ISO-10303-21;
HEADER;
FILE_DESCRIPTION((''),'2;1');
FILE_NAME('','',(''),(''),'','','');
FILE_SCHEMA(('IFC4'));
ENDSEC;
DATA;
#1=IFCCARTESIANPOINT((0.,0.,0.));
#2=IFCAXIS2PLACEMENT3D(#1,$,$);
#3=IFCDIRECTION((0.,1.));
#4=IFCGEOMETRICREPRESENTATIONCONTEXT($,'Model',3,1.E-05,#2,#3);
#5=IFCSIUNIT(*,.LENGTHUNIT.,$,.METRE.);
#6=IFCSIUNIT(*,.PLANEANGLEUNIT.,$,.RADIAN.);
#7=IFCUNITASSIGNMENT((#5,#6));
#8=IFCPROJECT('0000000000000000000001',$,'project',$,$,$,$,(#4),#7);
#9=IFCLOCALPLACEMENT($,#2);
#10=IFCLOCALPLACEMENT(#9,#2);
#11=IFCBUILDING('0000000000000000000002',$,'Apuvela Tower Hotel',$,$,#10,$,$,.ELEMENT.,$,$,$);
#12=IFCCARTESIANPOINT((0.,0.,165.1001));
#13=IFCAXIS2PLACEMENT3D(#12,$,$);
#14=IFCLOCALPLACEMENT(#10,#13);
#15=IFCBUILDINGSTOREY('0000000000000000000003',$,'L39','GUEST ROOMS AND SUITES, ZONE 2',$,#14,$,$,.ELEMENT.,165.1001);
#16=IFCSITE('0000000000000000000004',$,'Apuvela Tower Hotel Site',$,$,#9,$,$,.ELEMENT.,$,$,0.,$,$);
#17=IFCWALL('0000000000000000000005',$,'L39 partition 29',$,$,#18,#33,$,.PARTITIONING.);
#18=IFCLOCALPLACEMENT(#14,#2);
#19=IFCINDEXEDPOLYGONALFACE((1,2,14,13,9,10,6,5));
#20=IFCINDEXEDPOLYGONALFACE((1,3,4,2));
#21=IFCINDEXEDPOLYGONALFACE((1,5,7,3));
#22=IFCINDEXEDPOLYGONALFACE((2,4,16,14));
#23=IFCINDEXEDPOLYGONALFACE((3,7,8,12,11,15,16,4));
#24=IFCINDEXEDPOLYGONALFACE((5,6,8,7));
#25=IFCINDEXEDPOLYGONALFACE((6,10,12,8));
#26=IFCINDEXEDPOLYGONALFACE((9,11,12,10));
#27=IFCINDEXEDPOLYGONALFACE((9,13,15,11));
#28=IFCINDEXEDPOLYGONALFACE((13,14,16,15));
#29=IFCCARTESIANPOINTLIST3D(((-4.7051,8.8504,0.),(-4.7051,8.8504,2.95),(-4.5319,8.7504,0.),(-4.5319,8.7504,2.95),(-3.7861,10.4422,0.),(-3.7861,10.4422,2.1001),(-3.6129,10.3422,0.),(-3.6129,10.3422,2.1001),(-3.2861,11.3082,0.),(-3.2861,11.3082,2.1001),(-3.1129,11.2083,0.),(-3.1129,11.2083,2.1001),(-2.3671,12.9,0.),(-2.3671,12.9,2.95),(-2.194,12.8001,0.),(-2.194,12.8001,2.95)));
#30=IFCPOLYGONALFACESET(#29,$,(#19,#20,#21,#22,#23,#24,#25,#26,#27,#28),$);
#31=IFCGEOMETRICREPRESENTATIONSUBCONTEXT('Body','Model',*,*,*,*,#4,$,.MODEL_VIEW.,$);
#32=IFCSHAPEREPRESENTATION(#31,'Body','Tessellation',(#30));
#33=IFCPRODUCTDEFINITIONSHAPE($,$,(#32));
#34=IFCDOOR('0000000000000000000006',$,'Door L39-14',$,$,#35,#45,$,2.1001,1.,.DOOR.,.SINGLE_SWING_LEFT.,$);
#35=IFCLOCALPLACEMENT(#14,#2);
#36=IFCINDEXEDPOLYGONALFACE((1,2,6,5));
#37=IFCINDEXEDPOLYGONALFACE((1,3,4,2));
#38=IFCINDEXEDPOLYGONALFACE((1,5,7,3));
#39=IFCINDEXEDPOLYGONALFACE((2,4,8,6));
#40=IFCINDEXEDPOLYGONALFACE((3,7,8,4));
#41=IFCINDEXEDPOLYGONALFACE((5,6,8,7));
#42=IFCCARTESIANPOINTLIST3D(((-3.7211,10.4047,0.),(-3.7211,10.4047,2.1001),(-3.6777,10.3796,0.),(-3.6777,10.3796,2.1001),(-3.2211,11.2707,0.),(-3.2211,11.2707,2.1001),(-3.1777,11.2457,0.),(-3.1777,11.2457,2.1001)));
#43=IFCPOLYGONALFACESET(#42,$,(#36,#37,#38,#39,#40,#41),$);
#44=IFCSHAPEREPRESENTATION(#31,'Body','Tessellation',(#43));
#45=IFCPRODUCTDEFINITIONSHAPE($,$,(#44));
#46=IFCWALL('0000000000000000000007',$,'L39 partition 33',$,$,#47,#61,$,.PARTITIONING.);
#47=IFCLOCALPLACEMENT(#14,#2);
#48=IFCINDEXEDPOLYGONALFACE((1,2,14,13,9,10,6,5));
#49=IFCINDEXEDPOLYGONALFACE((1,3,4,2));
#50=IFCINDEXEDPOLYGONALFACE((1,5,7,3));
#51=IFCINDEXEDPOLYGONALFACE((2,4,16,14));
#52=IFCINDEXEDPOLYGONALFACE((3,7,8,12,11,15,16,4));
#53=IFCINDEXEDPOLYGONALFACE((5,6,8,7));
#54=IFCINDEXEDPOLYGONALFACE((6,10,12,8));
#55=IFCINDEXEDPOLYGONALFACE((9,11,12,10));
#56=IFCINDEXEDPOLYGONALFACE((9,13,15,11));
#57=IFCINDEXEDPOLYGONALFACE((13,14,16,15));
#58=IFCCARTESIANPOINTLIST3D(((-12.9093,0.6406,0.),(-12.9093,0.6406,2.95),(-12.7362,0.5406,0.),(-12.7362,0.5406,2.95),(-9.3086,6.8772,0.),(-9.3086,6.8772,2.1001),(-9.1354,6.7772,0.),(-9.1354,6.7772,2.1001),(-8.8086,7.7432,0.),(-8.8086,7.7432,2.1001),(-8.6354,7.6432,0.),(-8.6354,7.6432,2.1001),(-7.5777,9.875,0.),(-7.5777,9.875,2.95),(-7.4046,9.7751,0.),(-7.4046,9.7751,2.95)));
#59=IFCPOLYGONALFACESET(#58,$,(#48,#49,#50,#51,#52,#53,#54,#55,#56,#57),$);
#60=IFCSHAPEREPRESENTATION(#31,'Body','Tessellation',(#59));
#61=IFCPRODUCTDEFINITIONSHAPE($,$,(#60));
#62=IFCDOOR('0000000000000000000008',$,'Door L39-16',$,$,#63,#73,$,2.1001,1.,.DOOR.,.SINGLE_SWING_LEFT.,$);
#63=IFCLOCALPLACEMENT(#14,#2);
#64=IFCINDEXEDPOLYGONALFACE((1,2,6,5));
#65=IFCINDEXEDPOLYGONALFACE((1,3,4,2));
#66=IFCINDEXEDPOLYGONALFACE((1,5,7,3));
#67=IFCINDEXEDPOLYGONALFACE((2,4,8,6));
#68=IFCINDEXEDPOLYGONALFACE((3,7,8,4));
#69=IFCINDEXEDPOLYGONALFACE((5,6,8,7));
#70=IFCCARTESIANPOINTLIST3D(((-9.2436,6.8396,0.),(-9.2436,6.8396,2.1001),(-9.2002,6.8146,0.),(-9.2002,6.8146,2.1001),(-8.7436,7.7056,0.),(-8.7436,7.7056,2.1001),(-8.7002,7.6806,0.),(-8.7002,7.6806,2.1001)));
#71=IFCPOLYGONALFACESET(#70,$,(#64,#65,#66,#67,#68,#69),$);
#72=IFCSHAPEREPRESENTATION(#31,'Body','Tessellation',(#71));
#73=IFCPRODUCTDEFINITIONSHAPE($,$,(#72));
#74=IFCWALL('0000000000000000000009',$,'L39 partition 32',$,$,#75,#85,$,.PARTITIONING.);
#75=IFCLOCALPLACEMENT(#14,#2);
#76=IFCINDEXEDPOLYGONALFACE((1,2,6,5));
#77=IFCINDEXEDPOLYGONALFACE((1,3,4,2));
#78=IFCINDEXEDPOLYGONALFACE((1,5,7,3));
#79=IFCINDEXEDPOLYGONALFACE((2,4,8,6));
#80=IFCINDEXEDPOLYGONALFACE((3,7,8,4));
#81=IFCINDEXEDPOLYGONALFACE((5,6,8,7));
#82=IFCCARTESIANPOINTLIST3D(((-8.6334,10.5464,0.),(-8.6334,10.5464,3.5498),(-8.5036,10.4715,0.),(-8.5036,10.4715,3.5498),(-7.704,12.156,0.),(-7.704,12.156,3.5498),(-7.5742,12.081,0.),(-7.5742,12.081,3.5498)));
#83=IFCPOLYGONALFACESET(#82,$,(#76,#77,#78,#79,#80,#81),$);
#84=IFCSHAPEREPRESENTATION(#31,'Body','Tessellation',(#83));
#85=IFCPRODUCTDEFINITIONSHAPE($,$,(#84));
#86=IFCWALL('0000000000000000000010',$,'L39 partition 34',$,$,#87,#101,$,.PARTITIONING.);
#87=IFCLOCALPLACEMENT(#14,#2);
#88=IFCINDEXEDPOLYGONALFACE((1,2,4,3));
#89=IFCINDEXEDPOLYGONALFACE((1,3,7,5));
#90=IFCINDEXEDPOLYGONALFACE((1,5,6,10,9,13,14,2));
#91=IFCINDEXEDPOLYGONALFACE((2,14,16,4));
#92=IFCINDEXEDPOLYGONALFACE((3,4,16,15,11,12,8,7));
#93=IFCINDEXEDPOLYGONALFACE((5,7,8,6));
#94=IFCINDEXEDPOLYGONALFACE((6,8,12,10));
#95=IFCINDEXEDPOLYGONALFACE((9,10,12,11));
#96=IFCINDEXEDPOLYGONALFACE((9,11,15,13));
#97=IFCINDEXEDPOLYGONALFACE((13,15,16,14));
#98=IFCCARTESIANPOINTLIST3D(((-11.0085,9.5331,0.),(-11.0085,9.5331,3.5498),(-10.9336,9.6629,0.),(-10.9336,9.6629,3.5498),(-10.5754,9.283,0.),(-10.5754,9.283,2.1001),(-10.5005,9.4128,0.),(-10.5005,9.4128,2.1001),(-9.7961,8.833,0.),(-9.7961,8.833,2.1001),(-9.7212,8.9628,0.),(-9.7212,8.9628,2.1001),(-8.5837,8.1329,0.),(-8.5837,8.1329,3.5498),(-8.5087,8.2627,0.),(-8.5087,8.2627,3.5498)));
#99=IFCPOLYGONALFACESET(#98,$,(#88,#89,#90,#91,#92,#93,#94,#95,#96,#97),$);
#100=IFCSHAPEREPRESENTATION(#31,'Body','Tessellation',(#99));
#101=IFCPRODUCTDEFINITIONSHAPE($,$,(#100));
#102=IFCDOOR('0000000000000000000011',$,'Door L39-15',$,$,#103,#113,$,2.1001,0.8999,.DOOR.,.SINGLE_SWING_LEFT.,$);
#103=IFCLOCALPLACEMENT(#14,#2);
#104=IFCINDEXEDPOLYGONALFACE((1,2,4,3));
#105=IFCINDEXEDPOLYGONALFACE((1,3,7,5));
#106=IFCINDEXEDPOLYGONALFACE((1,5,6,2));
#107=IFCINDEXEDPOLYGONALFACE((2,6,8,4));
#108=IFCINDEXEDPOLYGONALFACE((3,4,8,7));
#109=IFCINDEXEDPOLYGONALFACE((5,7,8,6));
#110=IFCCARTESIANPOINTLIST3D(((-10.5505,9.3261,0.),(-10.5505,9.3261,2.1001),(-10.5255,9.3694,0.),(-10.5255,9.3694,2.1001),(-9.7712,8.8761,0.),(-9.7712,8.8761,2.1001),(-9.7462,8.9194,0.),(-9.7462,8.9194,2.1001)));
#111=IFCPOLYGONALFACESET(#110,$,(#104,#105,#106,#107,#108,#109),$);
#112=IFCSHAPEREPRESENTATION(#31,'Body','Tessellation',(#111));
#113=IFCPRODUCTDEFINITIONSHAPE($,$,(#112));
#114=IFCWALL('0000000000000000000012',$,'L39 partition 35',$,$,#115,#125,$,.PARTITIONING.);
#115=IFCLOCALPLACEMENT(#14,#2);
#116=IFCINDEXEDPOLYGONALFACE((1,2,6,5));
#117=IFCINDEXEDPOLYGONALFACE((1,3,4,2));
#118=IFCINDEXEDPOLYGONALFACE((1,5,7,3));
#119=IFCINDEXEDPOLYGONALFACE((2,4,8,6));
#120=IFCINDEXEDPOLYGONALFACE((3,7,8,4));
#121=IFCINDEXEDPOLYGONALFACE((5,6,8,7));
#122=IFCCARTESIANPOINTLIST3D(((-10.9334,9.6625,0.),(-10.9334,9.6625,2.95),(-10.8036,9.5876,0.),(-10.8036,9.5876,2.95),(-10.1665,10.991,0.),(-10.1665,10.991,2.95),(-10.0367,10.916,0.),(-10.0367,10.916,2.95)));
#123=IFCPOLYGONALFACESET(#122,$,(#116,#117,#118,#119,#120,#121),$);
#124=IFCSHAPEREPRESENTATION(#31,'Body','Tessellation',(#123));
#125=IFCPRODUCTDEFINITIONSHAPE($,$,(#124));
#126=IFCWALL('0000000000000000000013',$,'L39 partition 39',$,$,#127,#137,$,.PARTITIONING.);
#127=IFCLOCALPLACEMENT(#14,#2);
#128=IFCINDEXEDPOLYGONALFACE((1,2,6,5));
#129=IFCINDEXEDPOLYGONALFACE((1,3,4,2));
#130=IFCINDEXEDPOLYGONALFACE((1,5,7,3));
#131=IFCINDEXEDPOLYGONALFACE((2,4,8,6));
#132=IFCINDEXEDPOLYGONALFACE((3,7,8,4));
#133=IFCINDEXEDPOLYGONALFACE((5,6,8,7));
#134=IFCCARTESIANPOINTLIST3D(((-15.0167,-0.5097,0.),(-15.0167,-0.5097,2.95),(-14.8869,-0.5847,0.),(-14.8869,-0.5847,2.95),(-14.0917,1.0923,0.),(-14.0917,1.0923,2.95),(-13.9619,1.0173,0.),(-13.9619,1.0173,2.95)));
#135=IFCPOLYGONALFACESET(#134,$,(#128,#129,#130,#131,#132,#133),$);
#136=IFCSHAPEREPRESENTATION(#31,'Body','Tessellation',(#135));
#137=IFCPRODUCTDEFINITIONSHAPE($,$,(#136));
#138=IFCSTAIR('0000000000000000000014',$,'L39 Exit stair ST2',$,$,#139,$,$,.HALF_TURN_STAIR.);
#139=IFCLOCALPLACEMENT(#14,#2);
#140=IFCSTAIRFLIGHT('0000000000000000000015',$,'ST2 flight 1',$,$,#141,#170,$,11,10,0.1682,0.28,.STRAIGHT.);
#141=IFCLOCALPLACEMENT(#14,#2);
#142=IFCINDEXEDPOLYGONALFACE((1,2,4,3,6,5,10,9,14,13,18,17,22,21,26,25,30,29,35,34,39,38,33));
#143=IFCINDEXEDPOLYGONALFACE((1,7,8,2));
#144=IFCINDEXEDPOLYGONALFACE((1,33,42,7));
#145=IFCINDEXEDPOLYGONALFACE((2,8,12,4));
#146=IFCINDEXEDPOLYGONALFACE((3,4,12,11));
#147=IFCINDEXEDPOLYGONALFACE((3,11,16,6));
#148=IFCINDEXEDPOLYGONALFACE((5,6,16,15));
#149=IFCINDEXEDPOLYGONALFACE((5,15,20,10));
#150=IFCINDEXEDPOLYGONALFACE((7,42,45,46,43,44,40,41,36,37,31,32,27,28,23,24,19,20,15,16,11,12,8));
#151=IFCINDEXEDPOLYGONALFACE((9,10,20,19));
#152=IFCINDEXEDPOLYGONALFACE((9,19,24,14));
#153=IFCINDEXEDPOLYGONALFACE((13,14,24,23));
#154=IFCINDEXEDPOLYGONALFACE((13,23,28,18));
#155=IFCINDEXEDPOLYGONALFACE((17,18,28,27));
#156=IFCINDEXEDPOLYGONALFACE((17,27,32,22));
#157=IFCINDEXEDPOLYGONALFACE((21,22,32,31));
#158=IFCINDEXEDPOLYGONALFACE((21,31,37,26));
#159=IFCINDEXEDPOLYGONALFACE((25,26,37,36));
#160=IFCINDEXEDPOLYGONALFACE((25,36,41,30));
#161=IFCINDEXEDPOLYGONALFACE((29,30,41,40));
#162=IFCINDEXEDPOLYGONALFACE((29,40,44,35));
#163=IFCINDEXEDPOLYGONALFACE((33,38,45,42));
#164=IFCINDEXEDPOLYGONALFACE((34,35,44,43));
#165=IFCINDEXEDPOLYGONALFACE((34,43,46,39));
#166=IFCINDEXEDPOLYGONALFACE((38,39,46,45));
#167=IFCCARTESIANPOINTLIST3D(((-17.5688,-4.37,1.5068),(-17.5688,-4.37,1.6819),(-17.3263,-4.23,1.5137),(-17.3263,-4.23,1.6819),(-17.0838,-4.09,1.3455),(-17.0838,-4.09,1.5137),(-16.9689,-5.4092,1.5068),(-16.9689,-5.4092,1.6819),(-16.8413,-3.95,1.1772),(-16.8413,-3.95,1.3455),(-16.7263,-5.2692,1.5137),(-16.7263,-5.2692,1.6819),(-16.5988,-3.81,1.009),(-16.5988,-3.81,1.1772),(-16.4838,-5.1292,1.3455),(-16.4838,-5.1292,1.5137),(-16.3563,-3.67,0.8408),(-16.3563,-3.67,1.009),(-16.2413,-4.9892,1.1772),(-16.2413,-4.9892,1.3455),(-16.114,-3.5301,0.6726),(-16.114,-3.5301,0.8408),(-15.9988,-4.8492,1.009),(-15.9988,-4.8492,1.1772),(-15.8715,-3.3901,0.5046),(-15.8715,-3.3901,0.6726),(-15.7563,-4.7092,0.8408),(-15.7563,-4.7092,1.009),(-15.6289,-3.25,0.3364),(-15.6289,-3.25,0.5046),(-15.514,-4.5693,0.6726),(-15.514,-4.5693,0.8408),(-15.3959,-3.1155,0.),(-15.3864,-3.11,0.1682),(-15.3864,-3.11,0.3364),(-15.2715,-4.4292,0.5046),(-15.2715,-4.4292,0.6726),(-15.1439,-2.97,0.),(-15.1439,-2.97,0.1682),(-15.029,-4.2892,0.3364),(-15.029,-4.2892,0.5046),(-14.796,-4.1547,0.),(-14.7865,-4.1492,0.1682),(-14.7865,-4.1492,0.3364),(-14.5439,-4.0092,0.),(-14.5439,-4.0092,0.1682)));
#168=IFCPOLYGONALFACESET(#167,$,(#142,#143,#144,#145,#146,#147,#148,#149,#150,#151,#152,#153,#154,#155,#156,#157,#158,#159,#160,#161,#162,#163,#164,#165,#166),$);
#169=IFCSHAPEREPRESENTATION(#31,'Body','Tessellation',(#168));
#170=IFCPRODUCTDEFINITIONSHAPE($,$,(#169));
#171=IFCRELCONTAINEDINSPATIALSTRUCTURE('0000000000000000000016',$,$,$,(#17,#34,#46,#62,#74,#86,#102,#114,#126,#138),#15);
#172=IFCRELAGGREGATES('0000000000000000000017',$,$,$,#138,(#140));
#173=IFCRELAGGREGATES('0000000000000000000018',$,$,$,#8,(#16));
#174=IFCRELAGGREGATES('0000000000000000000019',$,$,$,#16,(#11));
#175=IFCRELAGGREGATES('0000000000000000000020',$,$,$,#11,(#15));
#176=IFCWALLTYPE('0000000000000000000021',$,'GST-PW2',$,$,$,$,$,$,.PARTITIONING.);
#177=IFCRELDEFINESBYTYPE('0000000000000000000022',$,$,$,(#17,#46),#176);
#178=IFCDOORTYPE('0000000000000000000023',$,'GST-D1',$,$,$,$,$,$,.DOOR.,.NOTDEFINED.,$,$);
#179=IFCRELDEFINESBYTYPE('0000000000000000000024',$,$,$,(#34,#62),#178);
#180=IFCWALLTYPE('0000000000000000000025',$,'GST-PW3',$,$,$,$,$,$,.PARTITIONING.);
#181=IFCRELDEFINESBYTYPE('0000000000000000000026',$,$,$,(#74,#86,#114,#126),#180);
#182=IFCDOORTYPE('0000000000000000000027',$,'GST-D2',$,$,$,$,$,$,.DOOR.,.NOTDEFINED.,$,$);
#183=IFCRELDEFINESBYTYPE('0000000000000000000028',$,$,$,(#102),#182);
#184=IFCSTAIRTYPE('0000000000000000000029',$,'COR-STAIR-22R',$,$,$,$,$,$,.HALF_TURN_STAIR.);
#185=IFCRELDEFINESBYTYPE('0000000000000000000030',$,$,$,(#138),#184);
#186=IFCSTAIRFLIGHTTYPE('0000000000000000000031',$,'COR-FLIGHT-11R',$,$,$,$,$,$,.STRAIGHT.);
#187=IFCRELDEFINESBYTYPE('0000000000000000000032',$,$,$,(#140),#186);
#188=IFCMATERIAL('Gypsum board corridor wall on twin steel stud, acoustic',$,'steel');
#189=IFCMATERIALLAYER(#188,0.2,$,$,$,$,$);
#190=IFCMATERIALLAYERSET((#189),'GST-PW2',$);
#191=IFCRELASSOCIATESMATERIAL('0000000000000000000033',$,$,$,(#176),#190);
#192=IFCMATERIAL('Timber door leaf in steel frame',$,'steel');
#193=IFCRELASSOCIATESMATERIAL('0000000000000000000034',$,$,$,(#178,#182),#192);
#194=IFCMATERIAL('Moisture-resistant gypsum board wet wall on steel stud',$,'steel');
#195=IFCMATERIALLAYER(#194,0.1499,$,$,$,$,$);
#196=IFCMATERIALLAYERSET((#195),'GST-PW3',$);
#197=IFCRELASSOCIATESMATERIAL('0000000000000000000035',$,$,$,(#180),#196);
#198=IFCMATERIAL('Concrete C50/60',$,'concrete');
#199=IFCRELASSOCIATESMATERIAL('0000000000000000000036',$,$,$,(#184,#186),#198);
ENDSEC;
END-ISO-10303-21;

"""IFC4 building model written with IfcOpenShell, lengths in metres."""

from ifc_helpers import new_model, si_unit, direction, frame, frame_2d, origin, place, context, subcontext, project, spatial, polyline, rectangle, outline, extrude, material, layer, layer_set, type_object, element, fill, aggregate, save


model = new_model("IFC4")

# Units and contexts
model_context = context("Model", 3, precision=1e-05, world=origin(), true_north=direction((0.0, 1.0)))
body_context = subcontext(model_context, "Body", "Model", "MODEL_VIEW")
ifc_project = project(units=[si_unit("LENGTHUNIT", "METRE"), si_unit("PLANEANGLEUNIT", "RADIAN")], contexts=[model_context])

# Site, building, storey
site_placement = place(None, origin())
site = spatial("IfcSite", under=ifc_project, at=site_placement, Name="Apuvela Tower Hotel Site", CompositionType="ELEMENT", RefElevation=0.0)
building_placement = place(site_placement, origin())
building = spatial("IfcBuilding", under=site, at=building_placement, Name="Apuvela Tower Hotel", CompositionType="ELEMENT")
storey_placement = place(building_placement, frame((0.0, 0.0, 165.1001)))
storey = spatial("IfcBuildingStorey", under=building, at=storey_placement, Name="L39", Description="GUEST ROOMS AND SUITES, ZONE 2", CompositionType="ELEMENT", Elevation=165.1001)

# Shared definitions
ifc_material_1 = material(Name="Concrete C50/60", Category="concrete")

# Walls, openings, doors
ifc_material_2 = material(Name="Gypsum board corridor wall on twin steel stud, acoustic", Category="steel")
ifc_layer_1 = layer(ifc_material_2, 0.2)
ifc_layer_set_1 = layer_set([ifc_layer_1], Name="GST-PW2")
wall_type_1 = type_object("IfcWallType", Name="GST-PW2", PredefinedType="PARTITIONING", material=ifc_layer_set_1)
wall_1_placement = place(storey_placement, frame((-4.6184, 8.8005, 0.0), z_axis=(0.0, 0.0, 1.0), x_axis=(0.49998, 0.866037, 0.0)))
wall_1 = element("IfcWall", 1, at=wall_1_placement, inside=storey, type_object=wall_type_1, Name="L39 partition 29", PredefinedType="PARTITIONING", context=body_context, shape_type="SweptSolid", body=[
    extrude(rectangle(XDim=4.676, YDim=0.2, at=frame_2d((2.3379, 0.0))), origin(), (0.0, 0.0, 1.0), 2.95),
])
opening_1_placement = place(wall_1_placement, frame((1.8379, 0.0, 0.0)))
opening_1 = element("IfcOpeningElement", 2, at=opening_1_placement, cuts=wall_1, PredefinedType="OPENING", context=body_context, shape_type="SweptSolid", body=[
    extrude(rectangle(XDim=1.0, YDim=2.1001, at=frame_2d((0.5, 1.05))), frame((0.0, 0.1099, 0.0), z_axis=(0.0, -1.0, 0.0), x_axis=(1.0, 0.0, 0.0)), (0.0, 0.0, 1.0), 0.22),
])
ifc_material_3 = material(Name="Timber door leaf in steel frame", Category="steel")
door_type_1 = type_object("IfcDoorType", Name="GST-D1", OperationType="NOTDEFINED", PredefinedType="DOOR", material=ifc_material_3)
door_1_placement = place(opening_1_placement, origin())
door_1 = element("IfcDoor", 3, at=door_1_placement, inside=storey, type_object=door_type_1, Name="Door L39-14", OperationType="SINGLE_SWING_LEFT", OverallHeight=2.1001, OverallWidth=1.0, PredefinedType="DOOR", context=body_context, shape_type="SweptSolid", body=[
    extrude(rectangle(XDim=1.0, YDim=2.1001, at=frame_2d((0.5, 1.05))), frame((0.0, 0.0249, 0.0), z_axis=(0.0, -1.0, 0.0), x_axis=(1.0, 0.0, 0.0)), (0.0, 0.0, 1.0), 0.05),
])
fill(opening_1, door_1)
wall_2_placement = place(storey_placement, frame((-12.8228, 0.5906, 0.0), z_axis=(0.0, 0.0, 1.0), x_axis=(0.500005, 0.866022, 0.0)))
wall_2 = element("IfcWall", 4, at=wall_2_placement, inside=storey, type_object=wall_type_1, Name="L39 partition 33", PredefinedType="PARTITIONING", context=body_context, shape_type="SweptSolid", body=[
    extrude(rectangle(XDim=10.6631, YDim=0.2, at=frame_2d((5.3315, 0.0))), origin(), (0.0, 0.0, 1.0), 2.95),
])
opening_2_placement = place(wall_2_placement, frame((7.2014, 0.0, 0.0)))
opening_2 = element("IfcOpeningElement", 5, at=opening_2_placement, cuts=wall_2, PredefinedType="OPENING", context=body_context, shape_type="SweptSolid", body=[
    extrude(rectangle(XDim=1.0, YDim=2.1001, at=frame_2d((0.5, 1.05))), frame((0.0, 0.1099, 0.0), z_axis=(0.0, -1.0, 0.0), x_axis=(1.0, 0.0, 0.0)), (0.0, 0.0, 1.0), 0.22),
])
door_2_placement = place(opening_2_placement, origin())
door_2 = element("IfcDoor", 6, at=door_2_placement, inside=storey, type_object=door_type_1, Name="Door L39-16", OperationType="SINGLE_SWING_LEFT", OverallHeight=2.1001, OverallWidth=1.0, PredefinedType="DOOR", context=body_context, shape_type="SweptSolid", body=[
    extrude(rectangle(XDim=1.0, YDim=2.1001, at=frame_2d((0.5, 1.05))), frame((0.0, 0.0249, 0.0), z_axis=(0.0, -1.0, 0.0), x_axis=(1.0, 0.0, 0.0)), (0.0, 0.0, 1.0), 0.05),
])
fill(opening_2, door_2)

# Wall
ifc_material_4 = material(Name="Moisture-resistant gypsum board wet wall on steel stud", Category="steel")
ifc_layer_2 = layer(ifc_material_4, 0.1499)
ifc_layer_set_2 = layer_set([ifc_layer_2], Name="GST-PW3")
wall_type_2 = type_object("IfcWallType", Name="GST-PW3", PredefinedType="PARTITIONING", material=ifc_layer_set_2)
wall_3_placement = place(storey_placement, frame((-7.6392, 12.1184, 0.0), z_axis=(0.0, 0.0, 1.0), x_axis=(-0.500052, -0.865995, 0.0)))
element("IfcWall", 7, at=wall_3_placement, inside=storey, type_object=wall_type_2, Name="L39 partition 32", PredefinedType="PARTITIONING", context=body_context, shape_type="SweptSolid", body=[
    extrude(rectangle(XDim=1.8586, YDim=0.1499, at=frame_2d((0.9292, 0.0))), origin(), (0.0, 0.0, 1.0), 3.5498),
])

# Wall, opening, door
wall_4_placement = place(storey_placement, frame((-10.9709, 9.5979, 0.0), z_axis=(0.0, 0.0, 1.0), x_axis=(0.865997, -0.50005, 0.0)))
wall_4 = element("IfcWall", 8, at=wall_4_placement, inside=storey, type_object=wall_type_2, Name="L39 partition 34", PredefinedType="PARTITIONING", context=body_context, shape_type="SweptSolid", body=[
    extrude(rectangle(XDim=2.8, YDim=0.1499, at=frame_2d((1.3999, 0.0))), origin(), (0.0, 0.0, 1.0), 3.5498),
])
opening_3_placement = place(wall_4_placement, frame((0.5, 0.0, 0.0)))
opening_3 = element("IfcOpeningElement", 9, at=opening_3_placement, cuts=wall_4, PredefinedType="OPENING", context=body_context, shape_type="SweptSolid", body=[
    extrude(rectangle(XDim=0.8999, YDim=2.1001, at=frame_2d((0.45, 1.05))), frame((0.0, 0.085, 0.0), z_axis=(0.0, -1.0, 0.0), x_axis=(1.0, 0.0, 0.0)), (0.0, 0.0, 1.0), 0.1699),
])
door_type_2 = type_object("IfcDoorType", Name="GST-D2", OperationType="NOTDEFINED", PredefinedType="DOOR", material=ifc_material_3)
door_3_placement = place(opening_3_placement, origin())
door_3 = element("IfcDoor", 10, at=door_3_placement, inside=storey, type_object=door_type_2, Name="Door L39-15", OperationType="SINGLE_SWING_LEFT", OverallHeight=2.1001, OverallWidth=0.8999, PredefinedType="DOOR", context=body_context, shape_type="SweptSolid", body=[
    extrude(rectangle(XDim=0.8999, YDim=2.1001, at=frame_2d((0.45, 1.05))), frame((0.0, 0.0249, 0.0), z_axis=(0.0, -1.0, 0.0), x_axis=(1.0, 0.0, 0.0)), (0.0, 0.0, 1.0), 0.05),
])
fill(opening_3, door_3)

# Walls
wall_5_placement = place(storey_placement, frame((-10.1016, 10.9536, 0.0), z_axis=(0.0, 0.0, 1.0), x_axis=(-0.499957, -0.86605, 0.0)))
element("IfcWall", 11, at=wall_5_placement, inside=storey, type_object=wall_type_2, Name="L39 partition 35", PredefinedType="PARTITIONING", context=body_context, shape_type="SweptSolid", body=[
    extrude(rectangle(XDim=1.5339, YDim=0.1499, at=frame_2d((0.7671, 0.0))), origin(), (0.0, 0.0, 1.0), 2.95),
])
wall_6_placement = place(storey_placement, frame((-14.0269, 1.0547, 0.0), z_axis=(0.0, 0.0, 1.0), x_axis=(-0.500042, -0.866001, 0.0)))
element("IfcWall", 12, at=wall_6_placement, inside=storey, type_object=wall_type_2, Name="L39 partition 39", PredefinedType="PARTITIONING", context=body_context, shape_type="SweptSolid", body=[
    extrude(rectangle(XDim=1.8499, YDim=0.1499, at=frame_2d((0.9248, 0.0))), origin(), (0.0, 0.0, 1.0), 2.95),
])

# Stair, stair flight
stair_type = type_object("IfcStairType", Name="COR-STAIR-22R", PredefinedType="HALF_TURN_STAIR", material=ifc_material_1)
stair_placement = place(storey_placement, origin())
stair = element("IfcStair", 13, at=stair_placement, inside=storey, type_object=stair_type, Name="L39 Exit stair ST2", PredefinedType="HALF_TURN_STAIR")
stair_flight_type = type_object("IfcStairFlightType", Name="COR-FLIGHT-11R", PredefinedType="STRAIGHT", material=ifc_material_1)
stair_flight_placement = place(storey_placement, frame((-14.844, -3.4895, 0.0), z_axis=(0.0, 0.0, 1.0), x_axis=(-0.866025, -0.5, 0.0)))
stair_flight = element("IfcStairFlight", 14, at=stair_flight_placement, type_object=stair_flight_type, Name="ST2 flight 1", NumberOfRisers=11, NumberOfTreads=10, PredefinedType="STRAIGHT", RiserHeight=0.1682, TreadLength=0.28, context=body_context, shape_type="SweptSolid", body=[
    extrude(outline(polyline([(0.0, 0.0), (0.0, 0.1682), (0.28, 0.1682), (0.28, 0.3364), (0.5601, 0.3364), (0.5601, 0.5046), (0.8401, 0.5046), (0.8401, 0.6726), (1.1201, 0.6726), (1.1201, 0.8408), (1.3999, 0.8408), (1.3999, 1.009), (1.6799, 1.009), (1.6799, 1.1772), (1.96, 1.1772), (1.96, 1.3455), (2.24, 1.3455), (2.24, 1.5137), (2.52, 1.5137), (2.52, 1.6819), (2.8, 1.6819), (2.8, 1.8501), (2.8, 1.5068), (0.291, 0.0), (0.0, 0.0)])), frame((0.0, 0.6001, 0.0), z_axis=(0.0, -1.0, 0.0), x_axis=(1.0, 0.0, 0.0)), (0.0, 0.0, 1.0), 1.2),
])
aggregate(stair, [stair_flight])

save(model, "model.ifc")
